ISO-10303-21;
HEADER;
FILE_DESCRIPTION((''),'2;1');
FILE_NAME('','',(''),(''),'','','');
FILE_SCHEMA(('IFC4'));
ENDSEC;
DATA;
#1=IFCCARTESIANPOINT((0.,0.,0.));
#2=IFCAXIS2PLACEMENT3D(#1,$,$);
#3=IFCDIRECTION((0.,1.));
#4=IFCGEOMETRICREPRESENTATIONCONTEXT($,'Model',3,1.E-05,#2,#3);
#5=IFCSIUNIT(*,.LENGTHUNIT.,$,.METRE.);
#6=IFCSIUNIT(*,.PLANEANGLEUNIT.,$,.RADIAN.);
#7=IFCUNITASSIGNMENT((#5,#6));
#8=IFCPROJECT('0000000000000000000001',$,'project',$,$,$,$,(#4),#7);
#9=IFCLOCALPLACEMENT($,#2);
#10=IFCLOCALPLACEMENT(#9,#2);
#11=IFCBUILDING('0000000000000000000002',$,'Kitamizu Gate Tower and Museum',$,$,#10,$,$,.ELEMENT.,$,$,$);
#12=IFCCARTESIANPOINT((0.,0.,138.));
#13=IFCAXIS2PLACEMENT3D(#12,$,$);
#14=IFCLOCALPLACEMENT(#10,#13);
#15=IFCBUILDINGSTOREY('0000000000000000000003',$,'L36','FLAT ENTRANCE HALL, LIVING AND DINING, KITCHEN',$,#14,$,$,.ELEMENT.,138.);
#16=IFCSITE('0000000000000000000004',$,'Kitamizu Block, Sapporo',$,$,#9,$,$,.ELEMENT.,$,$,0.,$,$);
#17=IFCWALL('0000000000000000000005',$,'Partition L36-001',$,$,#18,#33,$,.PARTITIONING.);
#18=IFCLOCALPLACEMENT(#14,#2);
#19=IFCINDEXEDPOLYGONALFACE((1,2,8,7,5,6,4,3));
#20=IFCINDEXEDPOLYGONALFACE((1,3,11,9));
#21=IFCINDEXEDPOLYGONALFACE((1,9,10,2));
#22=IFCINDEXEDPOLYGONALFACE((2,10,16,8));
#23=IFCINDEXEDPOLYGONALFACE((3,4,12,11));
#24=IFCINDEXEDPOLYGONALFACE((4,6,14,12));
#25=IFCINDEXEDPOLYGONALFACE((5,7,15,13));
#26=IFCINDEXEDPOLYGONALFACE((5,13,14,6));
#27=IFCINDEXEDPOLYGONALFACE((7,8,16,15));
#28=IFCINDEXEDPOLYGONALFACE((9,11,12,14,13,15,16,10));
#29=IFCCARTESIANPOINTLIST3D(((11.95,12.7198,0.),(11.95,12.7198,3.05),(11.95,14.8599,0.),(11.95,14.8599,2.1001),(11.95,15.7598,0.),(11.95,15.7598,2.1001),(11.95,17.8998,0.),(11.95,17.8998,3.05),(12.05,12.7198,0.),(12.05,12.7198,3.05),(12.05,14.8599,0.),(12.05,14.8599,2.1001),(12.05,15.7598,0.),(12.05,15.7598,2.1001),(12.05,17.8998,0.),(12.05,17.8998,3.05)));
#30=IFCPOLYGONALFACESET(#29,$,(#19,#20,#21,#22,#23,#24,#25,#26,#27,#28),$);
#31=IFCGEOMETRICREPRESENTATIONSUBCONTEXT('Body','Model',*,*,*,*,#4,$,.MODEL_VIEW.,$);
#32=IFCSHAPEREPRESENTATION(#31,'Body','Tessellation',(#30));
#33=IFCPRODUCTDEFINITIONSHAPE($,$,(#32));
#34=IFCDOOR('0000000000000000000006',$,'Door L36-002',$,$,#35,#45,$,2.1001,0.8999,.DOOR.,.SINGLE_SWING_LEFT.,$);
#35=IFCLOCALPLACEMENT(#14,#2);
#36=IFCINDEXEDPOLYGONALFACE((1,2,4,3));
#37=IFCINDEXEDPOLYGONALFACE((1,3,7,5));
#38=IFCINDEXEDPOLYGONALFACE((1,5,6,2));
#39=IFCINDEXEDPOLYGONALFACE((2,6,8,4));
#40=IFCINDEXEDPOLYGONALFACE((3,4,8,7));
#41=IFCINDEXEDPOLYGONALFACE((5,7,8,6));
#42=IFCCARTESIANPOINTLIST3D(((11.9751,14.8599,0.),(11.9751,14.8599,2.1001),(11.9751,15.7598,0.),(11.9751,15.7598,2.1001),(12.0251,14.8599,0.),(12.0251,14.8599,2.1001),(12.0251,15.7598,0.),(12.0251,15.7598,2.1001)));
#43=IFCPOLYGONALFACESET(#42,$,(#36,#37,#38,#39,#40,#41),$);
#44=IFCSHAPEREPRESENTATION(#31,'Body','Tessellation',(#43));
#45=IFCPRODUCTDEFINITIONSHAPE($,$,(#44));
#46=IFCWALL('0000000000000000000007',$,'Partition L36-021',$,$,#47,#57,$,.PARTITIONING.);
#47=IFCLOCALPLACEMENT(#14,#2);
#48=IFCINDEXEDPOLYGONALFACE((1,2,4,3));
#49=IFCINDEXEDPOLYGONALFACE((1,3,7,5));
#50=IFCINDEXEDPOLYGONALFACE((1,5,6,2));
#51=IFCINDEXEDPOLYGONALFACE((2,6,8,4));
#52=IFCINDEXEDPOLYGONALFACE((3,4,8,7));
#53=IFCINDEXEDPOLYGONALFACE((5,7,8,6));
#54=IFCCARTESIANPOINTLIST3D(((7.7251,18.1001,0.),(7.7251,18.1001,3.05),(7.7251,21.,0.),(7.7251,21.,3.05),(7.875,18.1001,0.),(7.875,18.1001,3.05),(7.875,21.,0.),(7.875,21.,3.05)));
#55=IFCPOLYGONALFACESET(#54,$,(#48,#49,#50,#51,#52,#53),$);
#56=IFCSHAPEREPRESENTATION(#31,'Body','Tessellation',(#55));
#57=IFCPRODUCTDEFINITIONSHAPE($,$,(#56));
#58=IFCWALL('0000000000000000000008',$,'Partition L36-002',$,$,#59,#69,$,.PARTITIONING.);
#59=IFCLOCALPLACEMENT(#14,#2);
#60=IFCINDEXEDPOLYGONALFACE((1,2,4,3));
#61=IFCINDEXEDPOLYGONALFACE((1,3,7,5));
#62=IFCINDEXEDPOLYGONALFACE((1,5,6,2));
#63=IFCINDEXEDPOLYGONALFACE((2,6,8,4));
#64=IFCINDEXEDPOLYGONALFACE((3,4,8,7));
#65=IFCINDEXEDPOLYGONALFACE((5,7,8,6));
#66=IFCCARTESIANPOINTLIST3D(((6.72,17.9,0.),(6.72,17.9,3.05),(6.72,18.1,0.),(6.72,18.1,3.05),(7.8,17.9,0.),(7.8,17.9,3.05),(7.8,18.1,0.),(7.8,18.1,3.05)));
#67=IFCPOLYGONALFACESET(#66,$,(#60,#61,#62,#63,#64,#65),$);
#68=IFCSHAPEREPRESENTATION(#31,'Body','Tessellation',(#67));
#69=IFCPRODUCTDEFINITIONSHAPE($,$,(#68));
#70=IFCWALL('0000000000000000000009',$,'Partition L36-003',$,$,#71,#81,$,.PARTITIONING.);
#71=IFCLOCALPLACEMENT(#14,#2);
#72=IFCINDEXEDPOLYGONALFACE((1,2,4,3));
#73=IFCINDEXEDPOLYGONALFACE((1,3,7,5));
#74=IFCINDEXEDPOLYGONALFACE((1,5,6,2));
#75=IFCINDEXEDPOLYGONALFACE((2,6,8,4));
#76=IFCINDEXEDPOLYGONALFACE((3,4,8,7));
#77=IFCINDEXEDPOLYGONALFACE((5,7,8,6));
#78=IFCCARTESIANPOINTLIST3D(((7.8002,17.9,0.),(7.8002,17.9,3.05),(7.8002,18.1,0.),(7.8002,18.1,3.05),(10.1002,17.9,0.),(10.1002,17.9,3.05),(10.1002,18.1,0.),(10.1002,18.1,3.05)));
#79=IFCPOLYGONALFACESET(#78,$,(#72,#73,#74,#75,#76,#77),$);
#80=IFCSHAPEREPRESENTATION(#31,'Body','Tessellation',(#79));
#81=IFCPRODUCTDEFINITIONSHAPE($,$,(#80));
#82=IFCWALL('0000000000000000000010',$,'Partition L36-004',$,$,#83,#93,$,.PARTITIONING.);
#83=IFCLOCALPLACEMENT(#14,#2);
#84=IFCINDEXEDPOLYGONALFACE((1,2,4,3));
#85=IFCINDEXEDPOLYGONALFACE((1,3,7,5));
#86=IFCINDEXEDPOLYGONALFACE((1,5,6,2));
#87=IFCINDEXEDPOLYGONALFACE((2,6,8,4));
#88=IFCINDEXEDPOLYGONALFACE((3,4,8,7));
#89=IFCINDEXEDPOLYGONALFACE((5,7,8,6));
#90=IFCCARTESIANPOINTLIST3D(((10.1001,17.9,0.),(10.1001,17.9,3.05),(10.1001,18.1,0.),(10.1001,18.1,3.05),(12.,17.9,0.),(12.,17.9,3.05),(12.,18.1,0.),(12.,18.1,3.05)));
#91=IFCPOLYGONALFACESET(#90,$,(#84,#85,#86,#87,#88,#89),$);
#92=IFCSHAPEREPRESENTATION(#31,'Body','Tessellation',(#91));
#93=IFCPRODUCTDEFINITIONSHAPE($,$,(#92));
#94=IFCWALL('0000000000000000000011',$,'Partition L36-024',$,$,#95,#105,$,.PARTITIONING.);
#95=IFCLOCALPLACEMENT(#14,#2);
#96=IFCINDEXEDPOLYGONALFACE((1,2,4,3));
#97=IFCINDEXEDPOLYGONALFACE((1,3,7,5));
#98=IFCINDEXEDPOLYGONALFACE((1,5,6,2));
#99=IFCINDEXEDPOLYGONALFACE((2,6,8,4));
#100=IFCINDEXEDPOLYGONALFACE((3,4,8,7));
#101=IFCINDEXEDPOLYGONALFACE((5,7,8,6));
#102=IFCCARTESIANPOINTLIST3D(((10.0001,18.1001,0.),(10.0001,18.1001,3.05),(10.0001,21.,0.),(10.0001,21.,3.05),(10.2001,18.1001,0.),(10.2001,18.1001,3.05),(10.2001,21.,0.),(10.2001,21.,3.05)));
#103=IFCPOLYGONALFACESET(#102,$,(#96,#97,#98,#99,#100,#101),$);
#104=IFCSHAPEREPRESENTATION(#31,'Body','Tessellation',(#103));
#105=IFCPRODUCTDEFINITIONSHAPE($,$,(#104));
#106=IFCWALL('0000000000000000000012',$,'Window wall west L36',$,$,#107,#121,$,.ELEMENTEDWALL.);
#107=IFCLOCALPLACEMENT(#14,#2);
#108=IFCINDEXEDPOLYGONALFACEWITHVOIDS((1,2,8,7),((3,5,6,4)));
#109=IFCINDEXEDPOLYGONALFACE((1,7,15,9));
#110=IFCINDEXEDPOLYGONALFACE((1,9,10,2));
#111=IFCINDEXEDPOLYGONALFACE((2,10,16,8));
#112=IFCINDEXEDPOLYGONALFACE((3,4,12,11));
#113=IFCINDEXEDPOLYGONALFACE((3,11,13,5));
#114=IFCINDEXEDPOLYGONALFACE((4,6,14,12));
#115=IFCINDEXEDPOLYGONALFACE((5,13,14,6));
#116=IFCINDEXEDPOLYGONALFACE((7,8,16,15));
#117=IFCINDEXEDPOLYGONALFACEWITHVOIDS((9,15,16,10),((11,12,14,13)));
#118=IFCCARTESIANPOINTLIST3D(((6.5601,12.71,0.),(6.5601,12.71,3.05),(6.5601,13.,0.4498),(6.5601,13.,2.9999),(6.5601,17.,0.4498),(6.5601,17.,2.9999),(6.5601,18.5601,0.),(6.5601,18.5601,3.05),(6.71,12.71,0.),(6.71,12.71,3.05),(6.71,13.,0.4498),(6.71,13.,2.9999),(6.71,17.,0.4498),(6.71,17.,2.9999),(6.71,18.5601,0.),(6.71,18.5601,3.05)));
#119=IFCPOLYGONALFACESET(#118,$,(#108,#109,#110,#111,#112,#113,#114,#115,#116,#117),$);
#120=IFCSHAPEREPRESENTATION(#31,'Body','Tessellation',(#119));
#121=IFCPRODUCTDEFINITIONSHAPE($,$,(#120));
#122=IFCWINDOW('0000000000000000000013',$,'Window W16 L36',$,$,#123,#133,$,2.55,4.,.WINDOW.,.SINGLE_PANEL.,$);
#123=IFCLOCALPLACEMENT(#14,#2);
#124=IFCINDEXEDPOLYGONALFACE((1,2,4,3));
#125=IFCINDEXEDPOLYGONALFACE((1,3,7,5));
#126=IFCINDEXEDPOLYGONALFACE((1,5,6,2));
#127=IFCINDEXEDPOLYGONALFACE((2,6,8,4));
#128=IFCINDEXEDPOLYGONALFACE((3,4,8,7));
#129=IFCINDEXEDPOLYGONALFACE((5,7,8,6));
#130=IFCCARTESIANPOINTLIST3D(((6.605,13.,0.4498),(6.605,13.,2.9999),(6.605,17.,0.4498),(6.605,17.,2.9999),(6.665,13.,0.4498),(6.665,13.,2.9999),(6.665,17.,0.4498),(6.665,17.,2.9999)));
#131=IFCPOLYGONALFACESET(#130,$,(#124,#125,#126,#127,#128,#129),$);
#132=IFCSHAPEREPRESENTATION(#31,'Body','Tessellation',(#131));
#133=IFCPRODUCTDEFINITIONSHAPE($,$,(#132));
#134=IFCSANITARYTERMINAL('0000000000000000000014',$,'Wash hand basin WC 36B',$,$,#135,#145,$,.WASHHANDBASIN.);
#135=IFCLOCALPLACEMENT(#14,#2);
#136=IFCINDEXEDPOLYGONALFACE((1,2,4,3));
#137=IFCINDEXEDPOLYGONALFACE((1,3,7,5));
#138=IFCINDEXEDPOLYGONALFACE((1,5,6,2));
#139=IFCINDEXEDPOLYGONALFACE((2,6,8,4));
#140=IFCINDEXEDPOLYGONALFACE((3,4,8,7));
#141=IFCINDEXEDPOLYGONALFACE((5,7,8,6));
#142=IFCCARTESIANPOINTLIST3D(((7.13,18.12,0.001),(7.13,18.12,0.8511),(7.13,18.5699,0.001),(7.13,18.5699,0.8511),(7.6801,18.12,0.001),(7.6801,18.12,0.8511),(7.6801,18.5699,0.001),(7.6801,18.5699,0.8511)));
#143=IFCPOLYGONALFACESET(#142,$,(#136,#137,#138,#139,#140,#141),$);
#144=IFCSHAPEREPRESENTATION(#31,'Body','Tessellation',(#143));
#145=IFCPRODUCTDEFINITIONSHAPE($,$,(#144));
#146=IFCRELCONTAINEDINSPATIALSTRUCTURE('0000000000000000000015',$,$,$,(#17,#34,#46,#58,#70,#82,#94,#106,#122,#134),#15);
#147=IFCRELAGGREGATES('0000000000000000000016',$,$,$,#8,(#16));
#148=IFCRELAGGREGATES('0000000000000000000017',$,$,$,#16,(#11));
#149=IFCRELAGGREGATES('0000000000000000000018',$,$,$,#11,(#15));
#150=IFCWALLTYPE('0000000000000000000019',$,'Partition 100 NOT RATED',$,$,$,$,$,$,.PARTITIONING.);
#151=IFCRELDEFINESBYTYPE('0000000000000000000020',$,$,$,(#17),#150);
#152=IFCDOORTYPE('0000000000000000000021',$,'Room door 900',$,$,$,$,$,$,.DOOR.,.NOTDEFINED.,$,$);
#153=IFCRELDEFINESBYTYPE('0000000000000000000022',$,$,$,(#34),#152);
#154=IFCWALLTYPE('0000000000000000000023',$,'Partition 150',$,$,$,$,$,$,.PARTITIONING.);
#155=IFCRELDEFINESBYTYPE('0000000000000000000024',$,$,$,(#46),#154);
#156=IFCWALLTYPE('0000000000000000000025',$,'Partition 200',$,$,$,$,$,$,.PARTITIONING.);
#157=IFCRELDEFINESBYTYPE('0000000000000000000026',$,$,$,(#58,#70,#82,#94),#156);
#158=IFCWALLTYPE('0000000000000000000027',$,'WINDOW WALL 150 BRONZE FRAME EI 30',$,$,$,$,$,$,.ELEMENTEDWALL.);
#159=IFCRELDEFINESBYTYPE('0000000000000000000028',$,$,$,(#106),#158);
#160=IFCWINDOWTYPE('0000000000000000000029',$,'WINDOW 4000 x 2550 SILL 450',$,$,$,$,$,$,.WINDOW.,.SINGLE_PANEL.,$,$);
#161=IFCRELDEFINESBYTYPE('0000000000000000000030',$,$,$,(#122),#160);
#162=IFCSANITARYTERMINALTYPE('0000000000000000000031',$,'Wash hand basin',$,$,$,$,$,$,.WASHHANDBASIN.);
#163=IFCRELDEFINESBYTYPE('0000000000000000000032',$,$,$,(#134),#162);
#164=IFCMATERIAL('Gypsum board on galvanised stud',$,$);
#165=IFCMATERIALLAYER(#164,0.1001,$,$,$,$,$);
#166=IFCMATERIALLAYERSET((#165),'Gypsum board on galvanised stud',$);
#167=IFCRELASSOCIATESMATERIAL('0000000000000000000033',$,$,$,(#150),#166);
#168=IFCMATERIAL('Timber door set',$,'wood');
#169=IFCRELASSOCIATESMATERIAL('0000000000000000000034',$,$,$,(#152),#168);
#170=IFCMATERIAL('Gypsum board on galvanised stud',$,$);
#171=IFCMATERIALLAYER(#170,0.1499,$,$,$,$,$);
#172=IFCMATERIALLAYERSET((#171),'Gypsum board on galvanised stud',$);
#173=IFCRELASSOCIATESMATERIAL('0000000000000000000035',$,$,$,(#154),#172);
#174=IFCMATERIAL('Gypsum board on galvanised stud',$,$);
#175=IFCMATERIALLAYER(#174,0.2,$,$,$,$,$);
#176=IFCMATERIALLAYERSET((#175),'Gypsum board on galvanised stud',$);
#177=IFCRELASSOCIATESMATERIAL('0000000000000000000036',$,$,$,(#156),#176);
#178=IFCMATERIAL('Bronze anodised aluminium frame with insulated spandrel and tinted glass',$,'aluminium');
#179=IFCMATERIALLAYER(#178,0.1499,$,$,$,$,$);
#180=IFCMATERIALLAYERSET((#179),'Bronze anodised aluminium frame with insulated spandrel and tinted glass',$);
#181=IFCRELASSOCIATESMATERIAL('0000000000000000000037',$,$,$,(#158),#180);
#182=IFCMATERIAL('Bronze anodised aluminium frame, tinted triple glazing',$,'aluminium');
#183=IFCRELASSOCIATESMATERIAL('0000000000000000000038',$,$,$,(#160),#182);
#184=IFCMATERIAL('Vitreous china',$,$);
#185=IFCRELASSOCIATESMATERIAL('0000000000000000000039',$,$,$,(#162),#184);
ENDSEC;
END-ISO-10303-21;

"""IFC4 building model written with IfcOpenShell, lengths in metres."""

from ifc_helpers import new_model, si_unit, direction, frame, frame_2d, origin, origin_2d, place, context, subcontext, project, spatial, rectangle, extrude, material, layer, layer_set, type_object, element, fill, save


model = new_model("IFC4")

# Units and contexts
model_context = context("Model", 3, precision=1e-05, world=origin(), true_north=direction((0.0, 1.0)))
body_context = subcontext(model_context, "Body", "Model", "MODEL_VIEW")
ifc_project = project(units=[si_unit("LENGTHUNIT", "METRE"), si_unit("PLANEANGLEUNIT", "RADIAN")], contexts=[model_context])

# Site, building, storey
site_placement = place(None, origin())
site = spatial("IfcSite", under=ifc_project, at=site_placement, Name="Kitamizu Block, Sapporo", CompositionType="ELEMENT", RefElevation=0.0)
building_placement = place(site_placement, origin())
building = spatial("IfcBuilding", under=site, at=building_placement, Name="Kitamizu Gate Tower and Museum", CompositionType="ELEMENT")
storey_placement = place(building_placement, frame((0.0, 0.0, 138.0)))
storey = spatial("IfcBuildingStorey", under=building, at=storey_placement, Name="L36", Description="FLAT ENTRANCE HALL, LIVING AND DINING, KITCHEN", CompositionType="ELEMENT", Elevation=138.0)

# Wall, opening, door
ifc_material_1 = material(Name="Gypsum board on galvanised stud")
ifc_layer_1 = layer(ifc_material_1, 0.1001)
ifc_layer_set_1 = layer_set([ifc_layer_1], Name="Gypsum board on galvanised stud")
wall_type_1 = type_object("IfcWallType", Name="Partition 100 NOT RATED", PredefinedType="PARTITIONING", material=ifc_layer_set_1)
wall_1_placement = place(storey_placement, frame((12.0, 12.72, 0.0), z_axis=(0.0, 0.0, 1.0), x_axis=(0.0, 1.0, 0.0)))
wall_1 = element("IfcWall", 1, at=wall_1_placement, inside=storey, type_object=wall_type_1, Name="Partition L36-001", PredefinedType="PARTITIONING", context=body_context, shape_type="SweptSolid", body=[
    extrude(rectangle(XDim=5.1799, YDim=0.1001, at=frame_2d((2.5898, 0.0))), origin(), (0.0, 0.0, 1.0), 3.05),
])
opening_1_placement = place(wall_1_placement, frame((2.1399, 0.0, 0.0)))
opening_1 = element("IfcOpeningElement", 2, at=opening_1_placement, cuts=wall_1, PredefinedType="OPENING", context=body_context, shape_type="SweptSolid", body=[
    extrude(rectangle(XDim=0.8999, YDim=2.1001, at=frame_2d((0.45, 1.05))), frame((0.0, 0.0601, 0.0), z_axis=(0.0, -1.0, 0.0), x_axis=(1.0, 0.0, 0.0)), (0.0, 0.0, 1.0), 0.1201),
])
ifc_material_2 = material(Name="Timber door set", Category="wood")
door_type = type_object("IfcDoorType", Name="Room door 900", OperationType="NOTDEFINED", PredefinedType="DOOR", material=ifc_material_2)
door_placement = place(opening_1_placement, origin())
door = element("IfcDoor", 3, at=door_placement, inside=storey, type_object=door_type, Name="Door L36-002", OperationType="SINGLE_SWING_LEFT", OverallHeight=2.1001, OverallWidth=0.8999, PredefinedType="DOOR", context=body_context, shape_type="SweptSolid", body=[
    extrude(rectangle(XDim=0.8999, YDim=2.1001, at=frame_2d((0.45, 1.05))), frame((0.0, 0.0249, 0.0), z_axis=(0.0, -1.0, 0.0), x_axis=(1.0, 0.0, 0.0)), (0.0, 0.0, 1.0), 0.05),
])
fill(opening_1, door)

# Walls
ifc_material_3 = material(Name="Gypsum board on galvanised stud")
ifc_layer_2 = layer(ifc_material_3, 0.1499)
ifc_layer_set_2 = layer_set([ifc_layer_2], Name="Gypsum board on galvanised stud")
wall_type_2 = type_object("IfcWallType", Name="Partition 150", PredefinedType="PARTITIONING", material=ifc_layer_set_2)
wall_2_placement = place(storey_placement, frame((7.8, 18.1001, 0.0), z_axis=(0.0, 0.0, 1.0), x_axis=(0.0, 1.0, 0.0)))
element("IfcWall", 4, at=wall_2_placement, inside=storey, type_object=wall_type_2, Name="Partition L36-021", PredefinedType="PARTITIONING", context=body_context, shape_type="SweptSolid", body=[
    extrude(rectangle(XDim=2.8999, YDim=0.1499, at=frame_2d((1.45, 0.0))), origin(), (0.0, 0.0, 1.0), 3.05),
])
ifc_material_4 = material(Name="Gypsum board on galvanised stud")
ifc_layer_3 = layer(ifc_material_4, 0.2)
ifc_layer_set_3 = layer_set([ifc_layer_3], Name="Gypsum board on galvanised stud")
wall_type_3 = type_object("IfcWallType", Name="Partition 200", PredefinedType="PARTITIONING", material=ifc_layer_set_3)
wall_3_placement = place(storey_placement, frame((7.8, 18.0, 0.0), z_axis=(0.0, 0.0, 1.0), x_axis=(-1.0, 0.0, 0.0)))
element("IfcWall", 5, at=wall_3_placement, inside=storey, type_object=wall_type_3, Name="Partition L36-002", PredefinedType="PARTITIONING", context=body_context, shape_type="SweptSolid", body=[
    extrude(rectangle(XDim=1.0801, YDim=0.2, at=frame_2d((0.54, 0.0))), origin(), (0.0, 0.0, 1.0), 3.05),
])
wall_4_placement = place(storey_placement, frame((10.1001, 18.0, 0.0), z_axis=(0.0, 0.0, 1.0), x_axis=(-1.0, 0.0, 0.0)))
element("IfcWall", 6, at=wall_4_placement, inside=storey, type_object=wall_type_3, Name="Partition L36-003", PredefinedType="PARTITIONING", context=body_context, shape_type="SweptSolid", body=[
    extrude(rectangle(XDim=2.3, YDim=0.2, at=frame_2d((1.1499, 0.0))), origin(), (0.0, 0.0, 1.0), 3.05),
])
wall_5_placement = place(storey_placement, frame((12.0, 18.0, 0.0), z_axis=(0.0, 0.0, 1.0), x_axis=(-1.0, 0.0, 0.0)))
element("IfcWall", 7, at=wall_5_placement, inside=storey, type_object=wall_type_3, Name="Partition L36-004", PredefinedType="PARTITIONING", context=body_context, shape_type="SweptSolid", body=[
    extrude(rectangle(XDim=1.8999, YDim=0.2, at=frame_2d((0.95, 0.0))), origin(), (0.0, 0.0, 1.0), 3.05),
])
wall_6_placement = place(storey_placement, frame((10.1001, 18.1001, 0.0), z_axis=(0.0, 0.0, 1.0), x_axis=(0.0, 1.0, 0.0)))
element("IfcWall", 8, at=wall_6_placement, inside=storey, type_object=wall_type_3, Name="Partition L36-024", PredefinedType="PARTITIONING", context=body_context, shape_type="SweptSolid", body=[
    extrude(rectangle(XDim=2.8999, YDim=0.2, at=frame_2d((1.45, 0.0))), origin(), (0.0, 0.0, 1.0), 3.05),
])

# Shared definitions
ifc_material_5 = material(Name="Bronze anodised aluminium frame with insulated spandrel and tinted glass", Category="aluminium")
ifc_layer_4 = layer(ifc_material_5, 0.1499)
ifc_layer_set_4 = layer_set([ifc_layer_4], Name="Bronze anodised aluminium frame with insulated spandrel and tinted glass")
wall_type_4 = type_object("IfcWallType", Name="WINDOW WALL 150 BRONZE FRAME EI 30", PredefinedType="ELEMENTEDWALL", material=ifc_layer_set_4)

# Wall, opening, window
wall_7_placement = place(storey_placement, frame((6.635, 12.71, 0.0), z_axis=(0.0, 0.0, 1.0), x_axis=(0.0, 1.0, 0.0)))
wall_7 = element("IfcWall", 9, at=wall_7_placement, inside=storey, type_object=wall_type_4, Name="Window wall west L36", PredefinedType="ELEMENTEDWALL", context=body_context, shape_type="SweptSolid", body=[
    extrude(rectangle(XDim=5.8501, YDim=0.1499, at=frame_2d((2.925, 0.0))), origin(), (0.0, 0.0, 1.0), 3.05),
])
opening_2_placement = place(wall_7_placement, frame((0.29, 0.0, 0.45)))
opening_2 = element("IfcOpeningElement", 10, at=opening_2_placement, cuts=wall_7, PredefinedType="OPENING", context=body_context, shape_type="SweptSolid", body=[
    extrude(rectangle(XDim=4.0, YDim=2.55, at=frame_2d((2.0, 1.2749))), frame((0.0, 0.085, 0.0), z_axis=(0.0, -1.0, 0.0), x_axis=(1.0, 0.0, 0.0)), (0.0, 0.0, 1.0), 0.1699),
])
ifc_material_6 = material(Name="Bronze anodised aluminium frame, tinted triple glazing", Category="aluminium")
window_type_1 = type_object("IfcWindowType", Name="WINDOW 4000 x 2550 SILL 450", PartitioningType="SINGLE_PANEL", PredefinedType="WINDOW", material=ifc_material_6)
window_1_placement = place(opening_2_placement, origin())
window_1 = element("IfcWindow", 11, at=window_1_placement, inside=storey, type_object=window_type_1, Name="Window W16 L36", OverallHeight=2.55, OverallWidth=4.0, PartitioningType="SINGLE_PANEL", PredefinedType="WINDOW", context=body_context, shape_type="SweptSolid", body=[
    extrude(rectangle(XDim=4.0, YDim=2.55, at=frame_2d((2.0, 1.2749))), frame((0.0, 0.03, 0.0), z_axis=(0.0, -1.0, 0.0), x_axis=(1.0, 0.0, 0.0)), (0.0, 0.0, 1.0), 0.0601),
])
fill(opening_2, window_1)

# Sanitary terminal
ifc_material_7 = material(Name="Vitreous china")
sanitary_terminal_type = type_object("IfcSanitaryTerminalType", Name="Wash hand basin", PredefinedType="WASHHANDBASIN", material=ifc_material_7)
sanitary_terminal_placement = place(storey_placement, frame((7.405, 18.345, 0.001), z_axis=(0.0, 0.0, 1.0), x_axis=(1.0, 0.0, 0.0)))
element("IfcSanitaryTerminal", 12, at=sanitary_terminal_placement, inside=storey, type_object=sanitary_terminal_type, Name="Wash hand basin WC 36B", PredefinedType="WASHHANDBASIN", context=body_context, shape_type="SweptSolid", body=[
    extrude(rectangle(XDim=0.55, YDim=0.45, at=origin_2d()), origin(), (0.0, 0.0, 1.0), 0.8501),
])

save(model, "model.ifc")
